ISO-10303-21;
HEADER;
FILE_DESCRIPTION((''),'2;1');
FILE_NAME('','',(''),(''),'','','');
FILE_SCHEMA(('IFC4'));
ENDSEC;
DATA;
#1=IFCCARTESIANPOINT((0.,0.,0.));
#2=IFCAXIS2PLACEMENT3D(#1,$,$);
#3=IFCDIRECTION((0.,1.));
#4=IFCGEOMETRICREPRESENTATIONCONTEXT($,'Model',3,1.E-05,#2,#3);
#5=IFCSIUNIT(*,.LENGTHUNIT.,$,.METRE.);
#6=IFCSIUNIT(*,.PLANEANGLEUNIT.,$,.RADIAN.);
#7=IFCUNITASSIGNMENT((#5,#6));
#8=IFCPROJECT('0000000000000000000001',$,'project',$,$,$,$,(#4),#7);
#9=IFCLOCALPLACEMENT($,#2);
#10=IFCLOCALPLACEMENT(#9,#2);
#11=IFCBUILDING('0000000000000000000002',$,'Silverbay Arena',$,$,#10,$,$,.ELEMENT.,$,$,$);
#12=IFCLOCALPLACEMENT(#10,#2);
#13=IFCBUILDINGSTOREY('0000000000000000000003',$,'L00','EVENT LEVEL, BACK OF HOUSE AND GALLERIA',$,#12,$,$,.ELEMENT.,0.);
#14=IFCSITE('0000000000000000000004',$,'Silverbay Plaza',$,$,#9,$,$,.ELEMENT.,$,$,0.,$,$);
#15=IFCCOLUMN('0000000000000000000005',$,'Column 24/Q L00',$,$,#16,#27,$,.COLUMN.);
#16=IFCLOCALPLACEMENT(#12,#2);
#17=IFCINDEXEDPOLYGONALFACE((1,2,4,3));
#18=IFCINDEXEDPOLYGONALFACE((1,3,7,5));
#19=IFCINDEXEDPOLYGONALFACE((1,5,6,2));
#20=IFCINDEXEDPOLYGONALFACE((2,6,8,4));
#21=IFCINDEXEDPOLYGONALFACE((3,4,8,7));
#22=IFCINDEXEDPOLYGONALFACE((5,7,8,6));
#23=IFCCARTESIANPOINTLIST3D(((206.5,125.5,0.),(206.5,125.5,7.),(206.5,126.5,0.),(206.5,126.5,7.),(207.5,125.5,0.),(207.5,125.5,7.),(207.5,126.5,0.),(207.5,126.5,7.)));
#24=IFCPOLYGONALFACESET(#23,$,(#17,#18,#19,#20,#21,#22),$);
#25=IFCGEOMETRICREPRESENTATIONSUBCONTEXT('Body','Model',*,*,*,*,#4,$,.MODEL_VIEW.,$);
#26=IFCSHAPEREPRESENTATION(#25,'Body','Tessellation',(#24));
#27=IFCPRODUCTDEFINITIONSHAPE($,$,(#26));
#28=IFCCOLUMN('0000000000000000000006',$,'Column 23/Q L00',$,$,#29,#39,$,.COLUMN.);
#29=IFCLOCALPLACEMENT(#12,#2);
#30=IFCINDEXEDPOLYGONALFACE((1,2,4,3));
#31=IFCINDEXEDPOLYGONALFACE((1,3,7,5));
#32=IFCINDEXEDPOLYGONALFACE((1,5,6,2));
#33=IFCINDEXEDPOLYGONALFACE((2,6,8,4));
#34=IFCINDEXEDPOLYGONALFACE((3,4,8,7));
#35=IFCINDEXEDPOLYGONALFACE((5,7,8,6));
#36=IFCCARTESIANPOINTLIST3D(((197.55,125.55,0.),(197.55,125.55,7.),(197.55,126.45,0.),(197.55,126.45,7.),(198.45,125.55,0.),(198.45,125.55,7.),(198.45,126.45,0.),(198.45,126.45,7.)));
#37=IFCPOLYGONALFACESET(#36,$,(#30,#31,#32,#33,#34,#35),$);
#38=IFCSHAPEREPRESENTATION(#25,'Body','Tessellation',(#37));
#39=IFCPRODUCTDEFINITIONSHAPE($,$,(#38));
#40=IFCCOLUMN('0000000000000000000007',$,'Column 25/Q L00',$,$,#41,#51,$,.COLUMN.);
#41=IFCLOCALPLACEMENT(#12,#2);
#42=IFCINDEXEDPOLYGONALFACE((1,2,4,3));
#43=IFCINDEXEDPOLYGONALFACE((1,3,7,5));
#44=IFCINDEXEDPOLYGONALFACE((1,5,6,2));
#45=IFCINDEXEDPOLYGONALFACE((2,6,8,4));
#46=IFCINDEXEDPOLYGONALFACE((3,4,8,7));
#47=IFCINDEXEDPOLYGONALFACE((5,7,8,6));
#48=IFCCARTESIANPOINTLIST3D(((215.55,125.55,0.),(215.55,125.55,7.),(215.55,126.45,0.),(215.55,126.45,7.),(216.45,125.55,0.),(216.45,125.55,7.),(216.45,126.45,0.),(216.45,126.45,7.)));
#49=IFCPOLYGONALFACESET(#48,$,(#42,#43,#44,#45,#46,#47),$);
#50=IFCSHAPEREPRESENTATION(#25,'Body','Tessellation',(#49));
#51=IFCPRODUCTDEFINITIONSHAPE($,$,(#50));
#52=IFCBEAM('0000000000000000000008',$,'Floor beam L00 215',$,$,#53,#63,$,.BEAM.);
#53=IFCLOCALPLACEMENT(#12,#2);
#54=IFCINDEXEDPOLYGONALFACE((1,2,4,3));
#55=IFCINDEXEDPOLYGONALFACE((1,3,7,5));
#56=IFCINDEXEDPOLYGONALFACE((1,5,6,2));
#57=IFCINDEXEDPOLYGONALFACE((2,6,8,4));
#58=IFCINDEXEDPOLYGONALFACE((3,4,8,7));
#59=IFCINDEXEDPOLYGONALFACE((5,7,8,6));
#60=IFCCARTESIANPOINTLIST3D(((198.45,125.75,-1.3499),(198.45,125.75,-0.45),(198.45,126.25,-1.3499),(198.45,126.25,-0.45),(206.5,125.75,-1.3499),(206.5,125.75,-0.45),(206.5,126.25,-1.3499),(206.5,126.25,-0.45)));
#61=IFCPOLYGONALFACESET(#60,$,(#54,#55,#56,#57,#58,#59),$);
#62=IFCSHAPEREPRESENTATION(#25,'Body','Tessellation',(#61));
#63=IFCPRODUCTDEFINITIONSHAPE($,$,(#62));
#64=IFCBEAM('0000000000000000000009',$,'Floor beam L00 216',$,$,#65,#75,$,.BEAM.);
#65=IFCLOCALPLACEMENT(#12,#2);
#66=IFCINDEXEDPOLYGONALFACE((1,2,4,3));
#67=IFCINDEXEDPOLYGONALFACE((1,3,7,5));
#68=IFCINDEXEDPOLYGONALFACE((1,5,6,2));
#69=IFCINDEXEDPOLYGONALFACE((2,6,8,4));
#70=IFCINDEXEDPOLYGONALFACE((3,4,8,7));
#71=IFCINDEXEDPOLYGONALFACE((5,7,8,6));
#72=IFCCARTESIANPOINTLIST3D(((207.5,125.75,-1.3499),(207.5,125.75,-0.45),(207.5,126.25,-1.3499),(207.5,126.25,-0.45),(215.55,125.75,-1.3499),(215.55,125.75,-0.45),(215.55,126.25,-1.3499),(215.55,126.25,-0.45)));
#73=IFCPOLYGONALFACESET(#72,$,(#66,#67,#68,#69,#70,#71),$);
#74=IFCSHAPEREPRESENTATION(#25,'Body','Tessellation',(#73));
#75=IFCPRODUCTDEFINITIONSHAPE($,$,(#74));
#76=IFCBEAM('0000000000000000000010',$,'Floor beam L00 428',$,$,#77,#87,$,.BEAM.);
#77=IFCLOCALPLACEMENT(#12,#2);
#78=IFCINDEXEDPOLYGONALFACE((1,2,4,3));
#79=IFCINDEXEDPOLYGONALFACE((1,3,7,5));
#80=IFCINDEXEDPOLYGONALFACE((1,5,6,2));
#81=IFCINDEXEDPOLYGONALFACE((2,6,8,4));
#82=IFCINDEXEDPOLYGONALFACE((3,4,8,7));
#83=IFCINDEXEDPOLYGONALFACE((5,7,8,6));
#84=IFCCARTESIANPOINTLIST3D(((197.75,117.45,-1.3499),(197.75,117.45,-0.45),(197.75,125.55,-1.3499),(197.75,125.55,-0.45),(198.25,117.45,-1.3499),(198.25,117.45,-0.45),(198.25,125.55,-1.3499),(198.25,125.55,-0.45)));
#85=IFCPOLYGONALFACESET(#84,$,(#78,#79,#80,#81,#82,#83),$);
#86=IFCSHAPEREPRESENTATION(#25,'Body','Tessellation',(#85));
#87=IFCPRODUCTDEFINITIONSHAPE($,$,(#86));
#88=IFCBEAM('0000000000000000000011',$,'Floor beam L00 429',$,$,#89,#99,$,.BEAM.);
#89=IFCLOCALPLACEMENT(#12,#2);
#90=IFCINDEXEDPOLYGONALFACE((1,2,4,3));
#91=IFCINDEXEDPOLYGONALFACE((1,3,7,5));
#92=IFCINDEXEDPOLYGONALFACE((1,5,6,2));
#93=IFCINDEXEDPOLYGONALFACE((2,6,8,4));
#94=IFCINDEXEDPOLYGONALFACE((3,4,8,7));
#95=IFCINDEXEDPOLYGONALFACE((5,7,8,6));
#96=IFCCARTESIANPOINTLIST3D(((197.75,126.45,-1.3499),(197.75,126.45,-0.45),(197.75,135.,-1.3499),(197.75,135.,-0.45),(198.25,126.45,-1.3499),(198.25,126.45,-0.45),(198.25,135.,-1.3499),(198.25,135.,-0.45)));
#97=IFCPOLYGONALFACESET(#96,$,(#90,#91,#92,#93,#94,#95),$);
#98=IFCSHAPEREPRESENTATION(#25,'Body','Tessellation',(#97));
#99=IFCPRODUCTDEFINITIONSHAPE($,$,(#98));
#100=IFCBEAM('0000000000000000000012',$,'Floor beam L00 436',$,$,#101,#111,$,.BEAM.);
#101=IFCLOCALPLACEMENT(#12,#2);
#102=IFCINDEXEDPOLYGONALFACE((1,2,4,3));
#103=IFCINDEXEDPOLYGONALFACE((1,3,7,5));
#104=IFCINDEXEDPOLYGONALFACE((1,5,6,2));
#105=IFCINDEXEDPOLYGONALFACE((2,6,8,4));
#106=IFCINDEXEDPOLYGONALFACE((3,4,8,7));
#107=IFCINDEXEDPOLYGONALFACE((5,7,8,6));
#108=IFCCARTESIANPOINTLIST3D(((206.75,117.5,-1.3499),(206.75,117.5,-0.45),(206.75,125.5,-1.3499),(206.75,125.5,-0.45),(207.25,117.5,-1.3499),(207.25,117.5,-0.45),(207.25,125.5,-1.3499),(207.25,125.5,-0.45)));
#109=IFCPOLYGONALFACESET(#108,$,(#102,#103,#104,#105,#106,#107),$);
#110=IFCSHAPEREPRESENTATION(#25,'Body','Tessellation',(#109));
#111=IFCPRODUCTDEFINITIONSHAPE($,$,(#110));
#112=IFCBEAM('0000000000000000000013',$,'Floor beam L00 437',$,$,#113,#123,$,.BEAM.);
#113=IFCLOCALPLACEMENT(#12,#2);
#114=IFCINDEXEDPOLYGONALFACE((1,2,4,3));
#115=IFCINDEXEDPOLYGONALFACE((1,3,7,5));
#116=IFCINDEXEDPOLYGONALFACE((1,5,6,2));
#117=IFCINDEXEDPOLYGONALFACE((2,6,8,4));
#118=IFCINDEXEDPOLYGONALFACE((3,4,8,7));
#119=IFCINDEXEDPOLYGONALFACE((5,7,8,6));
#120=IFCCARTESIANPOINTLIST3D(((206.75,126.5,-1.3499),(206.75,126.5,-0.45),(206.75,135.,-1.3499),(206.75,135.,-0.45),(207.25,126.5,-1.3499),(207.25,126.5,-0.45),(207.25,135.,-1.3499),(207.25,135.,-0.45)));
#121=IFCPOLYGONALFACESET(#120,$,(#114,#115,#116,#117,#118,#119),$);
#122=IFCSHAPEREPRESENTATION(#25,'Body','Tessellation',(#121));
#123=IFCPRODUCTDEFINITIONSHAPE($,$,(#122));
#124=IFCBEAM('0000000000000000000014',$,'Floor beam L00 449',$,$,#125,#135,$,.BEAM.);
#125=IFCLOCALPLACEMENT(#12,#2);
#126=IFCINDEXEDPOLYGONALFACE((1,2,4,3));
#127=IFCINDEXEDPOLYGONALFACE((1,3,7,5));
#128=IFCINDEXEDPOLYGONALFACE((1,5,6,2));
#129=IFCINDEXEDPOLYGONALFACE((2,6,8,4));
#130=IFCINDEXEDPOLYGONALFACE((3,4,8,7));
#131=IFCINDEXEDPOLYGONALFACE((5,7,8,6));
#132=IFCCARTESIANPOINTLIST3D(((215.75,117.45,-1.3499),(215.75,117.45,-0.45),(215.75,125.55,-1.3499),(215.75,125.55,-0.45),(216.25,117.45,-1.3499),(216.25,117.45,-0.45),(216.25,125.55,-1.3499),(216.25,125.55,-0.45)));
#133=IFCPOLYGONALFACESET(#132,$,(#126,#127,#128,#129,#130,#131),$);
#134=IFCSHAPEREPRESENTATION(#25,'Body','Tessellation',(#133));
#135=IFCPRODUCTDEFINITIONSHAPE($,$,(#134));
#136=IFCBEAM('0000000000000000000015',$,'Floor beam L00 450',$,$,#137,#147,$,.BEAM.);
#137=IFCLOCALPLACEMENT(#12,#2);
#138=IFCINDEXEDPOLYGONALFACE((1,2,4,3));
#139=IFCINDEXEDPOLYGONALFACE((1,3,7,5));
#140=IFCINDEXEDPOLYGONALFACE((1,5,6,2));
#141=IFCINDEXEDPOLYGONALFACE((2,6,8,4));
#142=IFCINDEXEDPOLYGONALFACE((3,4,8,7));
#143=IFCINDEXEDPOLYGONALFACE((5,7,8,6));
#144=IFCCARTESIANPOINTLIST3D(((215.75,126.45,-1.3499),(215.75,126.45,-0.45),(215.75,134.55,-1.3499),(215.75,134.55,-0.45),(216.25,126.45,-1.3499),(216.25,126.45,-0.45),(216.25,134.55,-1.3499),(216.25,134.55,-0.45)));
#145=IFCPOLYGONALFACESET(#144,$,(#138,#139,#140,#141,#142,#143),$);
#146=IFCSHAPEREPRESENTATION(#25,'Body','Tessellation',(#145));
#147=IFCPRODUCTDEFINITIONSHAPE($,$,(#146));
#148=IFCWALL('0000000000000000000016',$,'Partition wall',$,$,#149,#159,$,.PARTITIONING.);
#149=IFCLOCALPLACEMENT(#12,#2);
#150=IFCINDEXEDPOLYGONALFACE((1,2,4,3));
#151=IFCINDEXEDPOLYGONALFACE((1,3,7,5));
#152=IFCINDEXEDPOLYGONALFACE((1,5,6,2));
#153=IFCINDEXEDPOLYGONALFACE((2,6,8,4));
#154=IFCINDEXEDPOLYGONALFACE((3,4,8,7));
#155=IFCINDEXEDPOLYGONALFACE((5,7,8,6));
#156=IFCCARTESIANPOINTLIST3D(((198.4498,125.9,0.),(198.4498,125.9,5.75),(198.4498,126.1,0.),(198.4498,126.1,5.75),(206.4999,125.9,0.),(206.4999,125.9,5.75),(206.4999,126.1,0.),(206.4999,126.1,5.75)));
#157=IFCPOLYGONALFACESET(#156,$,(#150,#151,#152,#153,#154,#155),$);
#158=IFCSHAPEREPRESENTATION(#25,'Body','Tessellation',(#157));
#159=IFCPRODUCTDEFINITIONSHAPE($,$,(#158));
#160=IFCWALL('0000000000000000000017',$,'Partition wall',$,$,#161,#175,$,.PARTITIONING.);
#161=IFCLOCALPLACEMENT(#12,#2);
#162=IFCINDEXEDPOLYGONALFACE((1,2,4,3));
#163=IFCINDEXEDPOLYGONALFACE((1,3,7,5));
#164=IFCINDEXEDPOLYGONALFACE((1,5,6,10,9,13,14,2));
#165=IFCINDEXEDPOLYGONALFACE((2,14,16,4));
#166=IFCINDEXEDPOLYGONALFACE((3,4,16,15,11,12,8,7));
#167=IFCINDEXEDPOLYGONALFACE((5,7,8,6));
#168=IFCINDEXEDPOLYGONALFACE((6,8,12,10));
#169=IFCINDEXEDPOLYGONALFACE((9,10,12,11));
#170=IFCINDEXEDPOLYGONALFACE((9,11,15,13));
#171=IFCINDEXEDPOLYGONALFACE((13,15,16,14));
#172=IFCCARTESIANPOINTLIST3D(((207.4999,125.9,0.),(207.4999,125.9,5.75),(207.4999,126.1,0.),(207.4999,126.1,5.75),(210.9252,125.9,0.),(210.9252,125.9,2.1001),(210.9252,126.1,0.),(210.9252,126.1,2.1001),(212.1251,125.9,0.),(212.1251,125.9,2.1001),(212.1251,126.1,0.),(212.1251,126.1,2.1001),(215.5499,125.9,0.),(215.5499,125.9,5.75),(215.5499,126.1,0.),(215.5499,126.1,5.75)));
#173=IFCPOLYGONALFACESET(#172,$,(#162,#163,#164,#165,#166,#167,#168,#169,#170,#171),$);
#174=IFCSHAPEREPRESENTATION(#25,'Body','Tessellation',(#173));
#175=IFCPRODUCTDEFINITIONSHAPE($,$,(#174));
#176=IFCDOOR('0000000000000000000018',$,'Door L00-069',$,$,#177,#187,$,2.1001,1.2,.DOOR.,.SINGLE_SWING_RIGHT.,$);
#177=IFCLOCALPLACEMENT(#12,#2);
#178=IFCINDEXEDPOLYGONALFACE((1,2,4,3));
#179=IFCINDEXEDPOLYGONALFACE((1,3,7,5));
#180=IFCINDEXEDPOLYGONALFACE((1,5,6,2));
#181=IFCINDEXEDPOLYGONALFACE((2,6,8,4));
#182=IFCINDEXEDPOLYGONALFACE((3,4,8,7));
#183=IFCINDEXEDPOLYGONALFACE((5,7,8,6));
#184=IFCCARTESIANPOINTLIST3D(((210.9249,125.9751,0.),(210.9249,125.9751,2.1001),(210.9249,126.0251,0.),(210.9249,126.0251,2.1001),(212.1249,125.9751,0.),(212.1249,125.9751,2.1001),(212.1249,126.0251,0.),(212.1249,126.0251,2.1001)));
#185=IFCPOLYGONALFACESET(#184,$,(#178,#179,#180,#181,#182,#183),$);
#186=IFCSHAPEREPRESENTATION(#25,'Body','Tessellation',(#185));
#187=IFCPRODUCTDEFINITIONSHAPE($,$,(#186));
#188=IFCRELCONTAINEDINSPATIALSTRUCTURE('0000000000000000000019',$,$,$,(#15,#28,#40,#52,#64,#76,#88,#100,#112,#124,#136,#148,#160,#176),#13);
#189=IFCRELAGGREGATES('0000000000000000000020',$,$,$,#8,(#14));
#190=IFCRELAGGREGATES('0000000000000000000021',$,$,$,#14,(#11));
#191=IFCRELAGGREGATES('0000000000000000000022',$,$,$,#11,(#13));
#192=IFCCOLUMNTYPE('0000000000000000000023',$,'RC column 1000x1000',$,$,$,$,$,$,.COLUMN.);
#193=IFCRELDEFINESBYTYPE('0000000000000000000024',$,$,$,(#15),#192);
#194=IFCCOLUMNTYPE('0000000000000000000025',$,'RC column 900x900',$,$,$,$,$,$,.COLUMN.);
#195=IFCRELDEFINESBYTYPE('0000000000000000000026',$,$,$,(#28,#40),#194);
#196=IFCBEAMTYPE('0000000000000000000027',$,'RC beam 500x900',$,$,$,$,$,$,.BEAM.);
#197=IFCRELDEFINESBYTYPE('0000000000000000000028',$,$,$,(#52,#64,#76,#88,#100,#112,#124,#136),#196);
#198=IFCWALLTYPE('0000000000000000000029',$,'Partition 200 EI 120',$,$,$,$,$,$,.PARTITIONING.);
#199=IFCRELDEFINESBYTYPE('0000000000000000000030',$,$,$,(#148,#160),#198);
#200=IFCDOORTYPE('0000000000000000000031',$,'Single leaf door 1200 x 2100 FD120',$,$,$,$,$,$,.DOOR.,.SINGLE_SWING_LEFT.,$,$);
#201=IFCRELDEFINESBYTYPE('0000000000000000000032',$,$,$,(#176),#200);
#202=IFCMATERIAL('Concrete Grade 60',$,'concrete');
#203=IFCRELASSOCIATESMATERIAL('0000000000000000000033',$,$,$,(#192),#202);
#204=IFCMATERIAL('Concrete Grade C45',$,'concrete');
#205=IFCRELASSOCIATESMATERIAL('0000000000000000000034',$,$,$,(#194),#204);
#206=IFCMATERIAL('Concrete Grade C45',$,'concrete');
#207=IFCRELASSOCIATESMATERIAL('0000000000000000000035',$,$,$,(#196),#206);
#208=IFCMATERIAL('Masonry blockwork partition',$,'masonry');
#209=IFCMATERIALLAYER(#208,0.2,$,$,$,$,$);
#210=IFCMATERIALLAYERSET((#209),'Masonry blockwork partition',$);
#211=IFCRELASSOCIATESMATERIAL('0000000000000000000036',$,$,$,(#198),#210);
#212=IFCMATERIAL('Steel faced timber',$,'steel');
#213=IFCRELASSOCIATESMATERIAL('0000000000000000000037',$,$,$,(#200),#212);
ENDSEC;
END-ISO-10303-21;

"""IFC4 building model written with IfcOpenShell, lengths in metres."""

from ifc_helpers import new_model, si_unit, direction, frame, frame_2d, origin, origin_2d, place, context, subcontext, project, spatial, rectangle, extrude, material, layer, layer_set, material_profile, profile_set, type_object, element, fill, save


model = new_model("IFC4")

# Units and contexts
model_context = context("Model", 3, precision=1e-05, world=origin(), true_north=direction((0.0, 1.0)))
body_context = subcontext(model_context, "Body", "Model", "MODEL_VIEW")
ifc_project = project(units=[si_unit("LENGTHUNIT", "METRE"), si_unit("PLANEANGLEUNIT", "RADIAN")], contexts=[model_context])

# Site, building, storey
site_placement = place(None, origin())
site = spatial("IfcSite", under=ifc_project, at=site_placement, Name="Silverbay Plaza", CompositionType="ELEMENT", RefElevation=0.0)
building_placement = place(site_placement, origin())
building = spatial("IfcBuilding", under=site, at=building_placement, Name="Silverbay Arena", CompositionType="ELEMENT")
storey_placement = place(building_placement, origin())
storey = spatial("IfcBuildingStorey", under=building, at=storey_placement, Name="L00", Description="EVENT LEVEL, BACK OF HOUSE AND GALLERIA", CompositionType="ELEMENT", Elevation=0.0)

# Columns
ifc_material_1 = material(Name="Concrete Grade 60", Category="concrete")
ifc_material_profile_1 = material_profile(ifc_material_1, rectangle(XDim=1.0, YDim=1.0, at=origin_2d()), Name="RC 1000x1000")
ifc_profile_set_1 = profile_set([ifc_material_profile_1], Name="Concrete Grade 60")
column_type_1 = type_object("IfcColumnType", Name="RC column 1000x1000", PredefinedType="COLUMN", material=ifc_profile_set_1)
column_placement = place(storey_placement, frame((207.0, 126.0, 0.0), z_axis=(0.0, 0.0, 1.0), x_axis=(1.0, 0.0, 0.0)))
element("IfcColumn", 1, at=column_placement, inside=storey, type_object=column_type_1, Name="Column 24/Q L00", PredefinedType="COLUMN", context=body_context, shape_type="SweptSolid", body=[
    extrude(rectangle(XDim=1.0, YDim=1.0, at=origin_2d()), origin(), (0.0, 0.0, 1.0), 7.0),
])
ifc_material_2 = material(Name="Concrete Grade C45", Category="concrete")
ifc_material_profile_2 = material_profile(ifc_material_2, rectangle(XDim=0.8999, YDim=0.8999, at=origin_2d()), Name="RC 900x900")
ifc_profile_set_2 = profile_set([ifc_material_profile_2], Name="Concrete Grade C45")
column_type_2 = type_object("IfcColumnType", Name="RC column 900x900", PredefinedType="COLUMN", material=ifc_profile_set_2)
for number, where, z_axis, x_axis, name in (
    (2, (198.0, 126.0, 0.0), (0.0, 0.0, 1.0), (1.0, 0.0, 0.0), "Column 23/Q L00"),
    (3, (216.0, 126.0, 0.0), (0.0, 0.0, 1.0), (1.0, 0.0, 0.0), "Column 25/Q L00"),
):
    element("IfcColumn", number, at=place(storey_placement, frame(where, z_axis=z_axis, x_axis=x_axis)), inside=storey, type_object=column_type_2, Name=name, PredefinedType="COLUMN", context=body_context, shape_type="SweptSolid", body=[
        extrude(rectangle(XDim=0.8999, YDim=0.8999, at=origin_2d()), origin(), (0.0, 0.0, 1.0), 7.0),
    ])

# Beams
ifc_material_3 = material(Name="Concrete Grade C45", Category="concrete")
ifc_material_profile_3 = material_profile(ifc_material_3, rectangle(XDim=0.5, YDim=0.8999, at=origin_2d()), Name="RC 500x900")
ifc_profile_set_3 = profile_set([ifc_material_profile_3], Name="Concrete Grade C45")
beam_type = type_object("IfcBeamType", Name="RC beam 500x900", PredefinedType="BEAM", material=ifc_profile_set_3)
for number, where, z_axis, x_axis, name in (
    (4, (198.45, 126.0, -0.8999), (1.0, 0.0, 0.0), (0.0, 1.0, 0.0), "Floor beam L00 215"),
    (5, (207.5, 126.0, -0.8999), (1.0, 0.0, 0.0), (0.0, 1.0, 0.0), "Floor beam L00 216"),
):
    element("IfcBeam", number, at=place(storey_placement, frame(where, z_axis=z_axis, x_axis=x_axis)), inside=storey, type_object=beam_type, Name=name, PredefinedType="BEAM", context=body_context, shape_type="SweptSolid", body=[
        extrude(rectangle(XDim=0.5, YDim=0.8999, at=origin_2d()), origin(), (0.0, 0.0, 1.0), 8.05),
    ])
beam_1_placement = place(storey_placement, frame((198.0, 117.45, -0.8999), z_axis=(0.0, 1.0, 0.0), x_axis=(-1.0, 0.0, 0.0)))
element("IfcBeam", 6, at=beam_1_placement, inside=storey, type_object=beam_type, Name="Floor beam L00 428", PredefinedType="BEAM", context=body_context, shape_type="SweptSolid", body=[
    extrude(rectangle(XDim=0.5, YDim=0.8999, at=origin_2d()), origin(), (0.0, 0.0, 1.0), 8.1001),
])
beam_2_placement = place(storey_placement, frame((198.0, 126.45, -0.8999), z_axis=(0.0, 1.0, 0.0), x_axis=(-1.0, 0.0, 0.0)))
element("IfcBeam", 7, at=beam_2_placement, inside=storey, type_object=beam_type, Name="Floor beam L00 429", PredefinedType="BEAM", context=body_context, shape_type="SweptSolid", body=[
    extrude(rectangle(XDim=0.5, YDim=0.8999, at=origin_2d()), origin(), (0.0, 0.0, 1.0), 8.55),
])
beam_3_placement = place(storey_placement, frame((207.0, 117.5, -0.8999), z_axis=(0.0, 1.0, 0.0), x_axis=(-1.0, 0.0, 0.0)))
element("IfcBeam", 8, at=beam_3_placement, inside=storey, type_object=beam_type, Name="Floor beam L00 436", PredefinedType="BEAM", context=body_context, shape_type="SweptSolid", body=[
    extrude(rectangle(XDim=0.5, YDim=0.8999, at=origin_2d()), origin(), (0.0, 0.0, 1.0), 8.0),
])
beam_4_placement = place(storey_placement, frame((207.0, 126.5, -0.8999), z_axis=(0.0, 1.0, 0.0), x_axis=(-1.0, 0.0, 0.0)))
element("IfcBeam", 9, at=beam_4_placement, inside=storey, type_object=beam_type, Name="Floor beam L00 437", PredefinedType="BEAM", context=body_context, shape_type="SweptSolid", body=[
    extrude(rectangle(XDim=0.5, YDim=0.8999, at=origin_2d()), origin(), (0.0, 0.0, 1.0), 8.5),
])
for number, where, z_axis, x_axis, name in (
    (10, (216.0, 117.45, -0.8999), (0.0, 1.0, 0.0), (-1.0, 0.0, 0.0), "Floor beam L00 449"),
    (11, (216.0, 126.45, -0.8999), (0.0, 1.0, 0.0), (-1.0, 0.0, 0.0), "Floor beam L00 450"),
):
    element("IfcBeam", number, at=place(storey_placement, frame(where, z_axis=z_axis, x_axis=x_axis)), inside=storey, type_object=beam_type, Name=name, PredefinedType="BEAM", context=body_context, shape_type="SweptSolid", body=[
        extrude(rectangle(XDim=0.5, YDim=0.8999, at=origin_2d()), origin(), (0.0, 0.0, 1.0), 8.1001),
    ])

# Wall
ifc_material_4 = material(Name="Masonry blockwork partition", Category="masonry")
ifc_layer = layer(ifc_material_4, 0.2)
ifc_layer_set = layer_set([ifc_layer], Name="Masonry blockwork partition")
wall_type = type_object("IfcWallType", Name="Partition 200 EI 120", PredefinedType="PARTITIONING", material=ifc_layer_set)
wall_1_placement = place(storey_placement, frame((198.45, 126.0, 0.0), z_axis=(0.0, 0.0, 1.0), x_axis=(1.0, 0.0, 0.0)))
element("IfcWall", 12, at=wall_1_placement, inside=storey, type_object=wall_type, Name="Partition wall", PredefinedType="PARTITIONING", context=body_context, shape_type="SweptSolid", body=[
    extrude(rectangle(XDim=8.05, YDim=0.2, at=frame_2d((4.0249, 0.0))), origin(), (0.0, 0.0, 1.0), 5.75),
])

# Wall, opening, door
wall_2_placement = place(storey_placement, frame((207.5, 126.0, 0.0), z_axis=(0.0, 0.0, 1.0), x_axis=(1.0, 0.0, 0.0)))
wall_2 = element("IfcWall", 13, at=wall_2_placement, inside=storey, type_object=wall_type, Name="Partition wall", PredefinedType="PARTITIONING", context=body_context, shape_type="SweptSolid", body=[
    extrude(rectangle(XDim=8.05, YDim=0.2, at=frame_2d((4.0249, 0.0))), origin(), (0.0, 0.0, 1.0), 5.75),
])
opening_1_placement = place(wall_2_placement, frame((3.425, 0.0, 0.0)))
opening_1 = element("IfcOpeningElement", 14, at=opening_1_placement, cuts=wall_2, PredefinedType="OPENING", context=body_context, shape_type="SweptSolid", body=[
    extrude(rectangle(XDim=1.2, YDim=2.1001, at=frame_2d((0.6001, 1.05))), frame((0.0, 0.1099, 0.0), z_axis=(0.0, -1.0, 0.0), x_axis=(1.0, 0.0, 0.0)), (0.0, 0.0, 1.0), 0.22),
])
ifc_material_5 = material(Name="Steel faced timber", Category="steel")
door_type_1 = type_object("IfcDoorType", Name="Single leaf door 1200 x 2100 FD120", OperationType="SINGLE_SWING_LEFT", PredefinedType="DOOR", material=ifc_material_5)
door_1_placement = place(opening_1_placement, frame((1.2, 0.0, 0.0), z_axis=(0.0, 0.0, 1.0), x_axis=(-1.0, 0.0, 0.0)))
door_1 = element("IfcDoor", 15, at=door_1_placement, inside=storey, type_object=door_type_1, Name="Door L00-069", OperationType="SINGLE_SWING_RIGHT", OverallHeight=2.1001, OverallWidth=1.2, PredefinedType="DOOR", context=body_context, shape_type="SweptSolid", body=[
    extrude(rectangle(XDim=1.2, YDim=2.1001, at=frame_2d((0.6001, 1.05))), frame((0.0, 0.0249, 0.0), z_axis=(0.0, -1.0, 0.0), x_axis=(1.0, 0.0, 0.0)), (0.0, 0.0, 1.0), 0.05),
])
fill(opening_1, door_1)

save(model, "model.ifc")
